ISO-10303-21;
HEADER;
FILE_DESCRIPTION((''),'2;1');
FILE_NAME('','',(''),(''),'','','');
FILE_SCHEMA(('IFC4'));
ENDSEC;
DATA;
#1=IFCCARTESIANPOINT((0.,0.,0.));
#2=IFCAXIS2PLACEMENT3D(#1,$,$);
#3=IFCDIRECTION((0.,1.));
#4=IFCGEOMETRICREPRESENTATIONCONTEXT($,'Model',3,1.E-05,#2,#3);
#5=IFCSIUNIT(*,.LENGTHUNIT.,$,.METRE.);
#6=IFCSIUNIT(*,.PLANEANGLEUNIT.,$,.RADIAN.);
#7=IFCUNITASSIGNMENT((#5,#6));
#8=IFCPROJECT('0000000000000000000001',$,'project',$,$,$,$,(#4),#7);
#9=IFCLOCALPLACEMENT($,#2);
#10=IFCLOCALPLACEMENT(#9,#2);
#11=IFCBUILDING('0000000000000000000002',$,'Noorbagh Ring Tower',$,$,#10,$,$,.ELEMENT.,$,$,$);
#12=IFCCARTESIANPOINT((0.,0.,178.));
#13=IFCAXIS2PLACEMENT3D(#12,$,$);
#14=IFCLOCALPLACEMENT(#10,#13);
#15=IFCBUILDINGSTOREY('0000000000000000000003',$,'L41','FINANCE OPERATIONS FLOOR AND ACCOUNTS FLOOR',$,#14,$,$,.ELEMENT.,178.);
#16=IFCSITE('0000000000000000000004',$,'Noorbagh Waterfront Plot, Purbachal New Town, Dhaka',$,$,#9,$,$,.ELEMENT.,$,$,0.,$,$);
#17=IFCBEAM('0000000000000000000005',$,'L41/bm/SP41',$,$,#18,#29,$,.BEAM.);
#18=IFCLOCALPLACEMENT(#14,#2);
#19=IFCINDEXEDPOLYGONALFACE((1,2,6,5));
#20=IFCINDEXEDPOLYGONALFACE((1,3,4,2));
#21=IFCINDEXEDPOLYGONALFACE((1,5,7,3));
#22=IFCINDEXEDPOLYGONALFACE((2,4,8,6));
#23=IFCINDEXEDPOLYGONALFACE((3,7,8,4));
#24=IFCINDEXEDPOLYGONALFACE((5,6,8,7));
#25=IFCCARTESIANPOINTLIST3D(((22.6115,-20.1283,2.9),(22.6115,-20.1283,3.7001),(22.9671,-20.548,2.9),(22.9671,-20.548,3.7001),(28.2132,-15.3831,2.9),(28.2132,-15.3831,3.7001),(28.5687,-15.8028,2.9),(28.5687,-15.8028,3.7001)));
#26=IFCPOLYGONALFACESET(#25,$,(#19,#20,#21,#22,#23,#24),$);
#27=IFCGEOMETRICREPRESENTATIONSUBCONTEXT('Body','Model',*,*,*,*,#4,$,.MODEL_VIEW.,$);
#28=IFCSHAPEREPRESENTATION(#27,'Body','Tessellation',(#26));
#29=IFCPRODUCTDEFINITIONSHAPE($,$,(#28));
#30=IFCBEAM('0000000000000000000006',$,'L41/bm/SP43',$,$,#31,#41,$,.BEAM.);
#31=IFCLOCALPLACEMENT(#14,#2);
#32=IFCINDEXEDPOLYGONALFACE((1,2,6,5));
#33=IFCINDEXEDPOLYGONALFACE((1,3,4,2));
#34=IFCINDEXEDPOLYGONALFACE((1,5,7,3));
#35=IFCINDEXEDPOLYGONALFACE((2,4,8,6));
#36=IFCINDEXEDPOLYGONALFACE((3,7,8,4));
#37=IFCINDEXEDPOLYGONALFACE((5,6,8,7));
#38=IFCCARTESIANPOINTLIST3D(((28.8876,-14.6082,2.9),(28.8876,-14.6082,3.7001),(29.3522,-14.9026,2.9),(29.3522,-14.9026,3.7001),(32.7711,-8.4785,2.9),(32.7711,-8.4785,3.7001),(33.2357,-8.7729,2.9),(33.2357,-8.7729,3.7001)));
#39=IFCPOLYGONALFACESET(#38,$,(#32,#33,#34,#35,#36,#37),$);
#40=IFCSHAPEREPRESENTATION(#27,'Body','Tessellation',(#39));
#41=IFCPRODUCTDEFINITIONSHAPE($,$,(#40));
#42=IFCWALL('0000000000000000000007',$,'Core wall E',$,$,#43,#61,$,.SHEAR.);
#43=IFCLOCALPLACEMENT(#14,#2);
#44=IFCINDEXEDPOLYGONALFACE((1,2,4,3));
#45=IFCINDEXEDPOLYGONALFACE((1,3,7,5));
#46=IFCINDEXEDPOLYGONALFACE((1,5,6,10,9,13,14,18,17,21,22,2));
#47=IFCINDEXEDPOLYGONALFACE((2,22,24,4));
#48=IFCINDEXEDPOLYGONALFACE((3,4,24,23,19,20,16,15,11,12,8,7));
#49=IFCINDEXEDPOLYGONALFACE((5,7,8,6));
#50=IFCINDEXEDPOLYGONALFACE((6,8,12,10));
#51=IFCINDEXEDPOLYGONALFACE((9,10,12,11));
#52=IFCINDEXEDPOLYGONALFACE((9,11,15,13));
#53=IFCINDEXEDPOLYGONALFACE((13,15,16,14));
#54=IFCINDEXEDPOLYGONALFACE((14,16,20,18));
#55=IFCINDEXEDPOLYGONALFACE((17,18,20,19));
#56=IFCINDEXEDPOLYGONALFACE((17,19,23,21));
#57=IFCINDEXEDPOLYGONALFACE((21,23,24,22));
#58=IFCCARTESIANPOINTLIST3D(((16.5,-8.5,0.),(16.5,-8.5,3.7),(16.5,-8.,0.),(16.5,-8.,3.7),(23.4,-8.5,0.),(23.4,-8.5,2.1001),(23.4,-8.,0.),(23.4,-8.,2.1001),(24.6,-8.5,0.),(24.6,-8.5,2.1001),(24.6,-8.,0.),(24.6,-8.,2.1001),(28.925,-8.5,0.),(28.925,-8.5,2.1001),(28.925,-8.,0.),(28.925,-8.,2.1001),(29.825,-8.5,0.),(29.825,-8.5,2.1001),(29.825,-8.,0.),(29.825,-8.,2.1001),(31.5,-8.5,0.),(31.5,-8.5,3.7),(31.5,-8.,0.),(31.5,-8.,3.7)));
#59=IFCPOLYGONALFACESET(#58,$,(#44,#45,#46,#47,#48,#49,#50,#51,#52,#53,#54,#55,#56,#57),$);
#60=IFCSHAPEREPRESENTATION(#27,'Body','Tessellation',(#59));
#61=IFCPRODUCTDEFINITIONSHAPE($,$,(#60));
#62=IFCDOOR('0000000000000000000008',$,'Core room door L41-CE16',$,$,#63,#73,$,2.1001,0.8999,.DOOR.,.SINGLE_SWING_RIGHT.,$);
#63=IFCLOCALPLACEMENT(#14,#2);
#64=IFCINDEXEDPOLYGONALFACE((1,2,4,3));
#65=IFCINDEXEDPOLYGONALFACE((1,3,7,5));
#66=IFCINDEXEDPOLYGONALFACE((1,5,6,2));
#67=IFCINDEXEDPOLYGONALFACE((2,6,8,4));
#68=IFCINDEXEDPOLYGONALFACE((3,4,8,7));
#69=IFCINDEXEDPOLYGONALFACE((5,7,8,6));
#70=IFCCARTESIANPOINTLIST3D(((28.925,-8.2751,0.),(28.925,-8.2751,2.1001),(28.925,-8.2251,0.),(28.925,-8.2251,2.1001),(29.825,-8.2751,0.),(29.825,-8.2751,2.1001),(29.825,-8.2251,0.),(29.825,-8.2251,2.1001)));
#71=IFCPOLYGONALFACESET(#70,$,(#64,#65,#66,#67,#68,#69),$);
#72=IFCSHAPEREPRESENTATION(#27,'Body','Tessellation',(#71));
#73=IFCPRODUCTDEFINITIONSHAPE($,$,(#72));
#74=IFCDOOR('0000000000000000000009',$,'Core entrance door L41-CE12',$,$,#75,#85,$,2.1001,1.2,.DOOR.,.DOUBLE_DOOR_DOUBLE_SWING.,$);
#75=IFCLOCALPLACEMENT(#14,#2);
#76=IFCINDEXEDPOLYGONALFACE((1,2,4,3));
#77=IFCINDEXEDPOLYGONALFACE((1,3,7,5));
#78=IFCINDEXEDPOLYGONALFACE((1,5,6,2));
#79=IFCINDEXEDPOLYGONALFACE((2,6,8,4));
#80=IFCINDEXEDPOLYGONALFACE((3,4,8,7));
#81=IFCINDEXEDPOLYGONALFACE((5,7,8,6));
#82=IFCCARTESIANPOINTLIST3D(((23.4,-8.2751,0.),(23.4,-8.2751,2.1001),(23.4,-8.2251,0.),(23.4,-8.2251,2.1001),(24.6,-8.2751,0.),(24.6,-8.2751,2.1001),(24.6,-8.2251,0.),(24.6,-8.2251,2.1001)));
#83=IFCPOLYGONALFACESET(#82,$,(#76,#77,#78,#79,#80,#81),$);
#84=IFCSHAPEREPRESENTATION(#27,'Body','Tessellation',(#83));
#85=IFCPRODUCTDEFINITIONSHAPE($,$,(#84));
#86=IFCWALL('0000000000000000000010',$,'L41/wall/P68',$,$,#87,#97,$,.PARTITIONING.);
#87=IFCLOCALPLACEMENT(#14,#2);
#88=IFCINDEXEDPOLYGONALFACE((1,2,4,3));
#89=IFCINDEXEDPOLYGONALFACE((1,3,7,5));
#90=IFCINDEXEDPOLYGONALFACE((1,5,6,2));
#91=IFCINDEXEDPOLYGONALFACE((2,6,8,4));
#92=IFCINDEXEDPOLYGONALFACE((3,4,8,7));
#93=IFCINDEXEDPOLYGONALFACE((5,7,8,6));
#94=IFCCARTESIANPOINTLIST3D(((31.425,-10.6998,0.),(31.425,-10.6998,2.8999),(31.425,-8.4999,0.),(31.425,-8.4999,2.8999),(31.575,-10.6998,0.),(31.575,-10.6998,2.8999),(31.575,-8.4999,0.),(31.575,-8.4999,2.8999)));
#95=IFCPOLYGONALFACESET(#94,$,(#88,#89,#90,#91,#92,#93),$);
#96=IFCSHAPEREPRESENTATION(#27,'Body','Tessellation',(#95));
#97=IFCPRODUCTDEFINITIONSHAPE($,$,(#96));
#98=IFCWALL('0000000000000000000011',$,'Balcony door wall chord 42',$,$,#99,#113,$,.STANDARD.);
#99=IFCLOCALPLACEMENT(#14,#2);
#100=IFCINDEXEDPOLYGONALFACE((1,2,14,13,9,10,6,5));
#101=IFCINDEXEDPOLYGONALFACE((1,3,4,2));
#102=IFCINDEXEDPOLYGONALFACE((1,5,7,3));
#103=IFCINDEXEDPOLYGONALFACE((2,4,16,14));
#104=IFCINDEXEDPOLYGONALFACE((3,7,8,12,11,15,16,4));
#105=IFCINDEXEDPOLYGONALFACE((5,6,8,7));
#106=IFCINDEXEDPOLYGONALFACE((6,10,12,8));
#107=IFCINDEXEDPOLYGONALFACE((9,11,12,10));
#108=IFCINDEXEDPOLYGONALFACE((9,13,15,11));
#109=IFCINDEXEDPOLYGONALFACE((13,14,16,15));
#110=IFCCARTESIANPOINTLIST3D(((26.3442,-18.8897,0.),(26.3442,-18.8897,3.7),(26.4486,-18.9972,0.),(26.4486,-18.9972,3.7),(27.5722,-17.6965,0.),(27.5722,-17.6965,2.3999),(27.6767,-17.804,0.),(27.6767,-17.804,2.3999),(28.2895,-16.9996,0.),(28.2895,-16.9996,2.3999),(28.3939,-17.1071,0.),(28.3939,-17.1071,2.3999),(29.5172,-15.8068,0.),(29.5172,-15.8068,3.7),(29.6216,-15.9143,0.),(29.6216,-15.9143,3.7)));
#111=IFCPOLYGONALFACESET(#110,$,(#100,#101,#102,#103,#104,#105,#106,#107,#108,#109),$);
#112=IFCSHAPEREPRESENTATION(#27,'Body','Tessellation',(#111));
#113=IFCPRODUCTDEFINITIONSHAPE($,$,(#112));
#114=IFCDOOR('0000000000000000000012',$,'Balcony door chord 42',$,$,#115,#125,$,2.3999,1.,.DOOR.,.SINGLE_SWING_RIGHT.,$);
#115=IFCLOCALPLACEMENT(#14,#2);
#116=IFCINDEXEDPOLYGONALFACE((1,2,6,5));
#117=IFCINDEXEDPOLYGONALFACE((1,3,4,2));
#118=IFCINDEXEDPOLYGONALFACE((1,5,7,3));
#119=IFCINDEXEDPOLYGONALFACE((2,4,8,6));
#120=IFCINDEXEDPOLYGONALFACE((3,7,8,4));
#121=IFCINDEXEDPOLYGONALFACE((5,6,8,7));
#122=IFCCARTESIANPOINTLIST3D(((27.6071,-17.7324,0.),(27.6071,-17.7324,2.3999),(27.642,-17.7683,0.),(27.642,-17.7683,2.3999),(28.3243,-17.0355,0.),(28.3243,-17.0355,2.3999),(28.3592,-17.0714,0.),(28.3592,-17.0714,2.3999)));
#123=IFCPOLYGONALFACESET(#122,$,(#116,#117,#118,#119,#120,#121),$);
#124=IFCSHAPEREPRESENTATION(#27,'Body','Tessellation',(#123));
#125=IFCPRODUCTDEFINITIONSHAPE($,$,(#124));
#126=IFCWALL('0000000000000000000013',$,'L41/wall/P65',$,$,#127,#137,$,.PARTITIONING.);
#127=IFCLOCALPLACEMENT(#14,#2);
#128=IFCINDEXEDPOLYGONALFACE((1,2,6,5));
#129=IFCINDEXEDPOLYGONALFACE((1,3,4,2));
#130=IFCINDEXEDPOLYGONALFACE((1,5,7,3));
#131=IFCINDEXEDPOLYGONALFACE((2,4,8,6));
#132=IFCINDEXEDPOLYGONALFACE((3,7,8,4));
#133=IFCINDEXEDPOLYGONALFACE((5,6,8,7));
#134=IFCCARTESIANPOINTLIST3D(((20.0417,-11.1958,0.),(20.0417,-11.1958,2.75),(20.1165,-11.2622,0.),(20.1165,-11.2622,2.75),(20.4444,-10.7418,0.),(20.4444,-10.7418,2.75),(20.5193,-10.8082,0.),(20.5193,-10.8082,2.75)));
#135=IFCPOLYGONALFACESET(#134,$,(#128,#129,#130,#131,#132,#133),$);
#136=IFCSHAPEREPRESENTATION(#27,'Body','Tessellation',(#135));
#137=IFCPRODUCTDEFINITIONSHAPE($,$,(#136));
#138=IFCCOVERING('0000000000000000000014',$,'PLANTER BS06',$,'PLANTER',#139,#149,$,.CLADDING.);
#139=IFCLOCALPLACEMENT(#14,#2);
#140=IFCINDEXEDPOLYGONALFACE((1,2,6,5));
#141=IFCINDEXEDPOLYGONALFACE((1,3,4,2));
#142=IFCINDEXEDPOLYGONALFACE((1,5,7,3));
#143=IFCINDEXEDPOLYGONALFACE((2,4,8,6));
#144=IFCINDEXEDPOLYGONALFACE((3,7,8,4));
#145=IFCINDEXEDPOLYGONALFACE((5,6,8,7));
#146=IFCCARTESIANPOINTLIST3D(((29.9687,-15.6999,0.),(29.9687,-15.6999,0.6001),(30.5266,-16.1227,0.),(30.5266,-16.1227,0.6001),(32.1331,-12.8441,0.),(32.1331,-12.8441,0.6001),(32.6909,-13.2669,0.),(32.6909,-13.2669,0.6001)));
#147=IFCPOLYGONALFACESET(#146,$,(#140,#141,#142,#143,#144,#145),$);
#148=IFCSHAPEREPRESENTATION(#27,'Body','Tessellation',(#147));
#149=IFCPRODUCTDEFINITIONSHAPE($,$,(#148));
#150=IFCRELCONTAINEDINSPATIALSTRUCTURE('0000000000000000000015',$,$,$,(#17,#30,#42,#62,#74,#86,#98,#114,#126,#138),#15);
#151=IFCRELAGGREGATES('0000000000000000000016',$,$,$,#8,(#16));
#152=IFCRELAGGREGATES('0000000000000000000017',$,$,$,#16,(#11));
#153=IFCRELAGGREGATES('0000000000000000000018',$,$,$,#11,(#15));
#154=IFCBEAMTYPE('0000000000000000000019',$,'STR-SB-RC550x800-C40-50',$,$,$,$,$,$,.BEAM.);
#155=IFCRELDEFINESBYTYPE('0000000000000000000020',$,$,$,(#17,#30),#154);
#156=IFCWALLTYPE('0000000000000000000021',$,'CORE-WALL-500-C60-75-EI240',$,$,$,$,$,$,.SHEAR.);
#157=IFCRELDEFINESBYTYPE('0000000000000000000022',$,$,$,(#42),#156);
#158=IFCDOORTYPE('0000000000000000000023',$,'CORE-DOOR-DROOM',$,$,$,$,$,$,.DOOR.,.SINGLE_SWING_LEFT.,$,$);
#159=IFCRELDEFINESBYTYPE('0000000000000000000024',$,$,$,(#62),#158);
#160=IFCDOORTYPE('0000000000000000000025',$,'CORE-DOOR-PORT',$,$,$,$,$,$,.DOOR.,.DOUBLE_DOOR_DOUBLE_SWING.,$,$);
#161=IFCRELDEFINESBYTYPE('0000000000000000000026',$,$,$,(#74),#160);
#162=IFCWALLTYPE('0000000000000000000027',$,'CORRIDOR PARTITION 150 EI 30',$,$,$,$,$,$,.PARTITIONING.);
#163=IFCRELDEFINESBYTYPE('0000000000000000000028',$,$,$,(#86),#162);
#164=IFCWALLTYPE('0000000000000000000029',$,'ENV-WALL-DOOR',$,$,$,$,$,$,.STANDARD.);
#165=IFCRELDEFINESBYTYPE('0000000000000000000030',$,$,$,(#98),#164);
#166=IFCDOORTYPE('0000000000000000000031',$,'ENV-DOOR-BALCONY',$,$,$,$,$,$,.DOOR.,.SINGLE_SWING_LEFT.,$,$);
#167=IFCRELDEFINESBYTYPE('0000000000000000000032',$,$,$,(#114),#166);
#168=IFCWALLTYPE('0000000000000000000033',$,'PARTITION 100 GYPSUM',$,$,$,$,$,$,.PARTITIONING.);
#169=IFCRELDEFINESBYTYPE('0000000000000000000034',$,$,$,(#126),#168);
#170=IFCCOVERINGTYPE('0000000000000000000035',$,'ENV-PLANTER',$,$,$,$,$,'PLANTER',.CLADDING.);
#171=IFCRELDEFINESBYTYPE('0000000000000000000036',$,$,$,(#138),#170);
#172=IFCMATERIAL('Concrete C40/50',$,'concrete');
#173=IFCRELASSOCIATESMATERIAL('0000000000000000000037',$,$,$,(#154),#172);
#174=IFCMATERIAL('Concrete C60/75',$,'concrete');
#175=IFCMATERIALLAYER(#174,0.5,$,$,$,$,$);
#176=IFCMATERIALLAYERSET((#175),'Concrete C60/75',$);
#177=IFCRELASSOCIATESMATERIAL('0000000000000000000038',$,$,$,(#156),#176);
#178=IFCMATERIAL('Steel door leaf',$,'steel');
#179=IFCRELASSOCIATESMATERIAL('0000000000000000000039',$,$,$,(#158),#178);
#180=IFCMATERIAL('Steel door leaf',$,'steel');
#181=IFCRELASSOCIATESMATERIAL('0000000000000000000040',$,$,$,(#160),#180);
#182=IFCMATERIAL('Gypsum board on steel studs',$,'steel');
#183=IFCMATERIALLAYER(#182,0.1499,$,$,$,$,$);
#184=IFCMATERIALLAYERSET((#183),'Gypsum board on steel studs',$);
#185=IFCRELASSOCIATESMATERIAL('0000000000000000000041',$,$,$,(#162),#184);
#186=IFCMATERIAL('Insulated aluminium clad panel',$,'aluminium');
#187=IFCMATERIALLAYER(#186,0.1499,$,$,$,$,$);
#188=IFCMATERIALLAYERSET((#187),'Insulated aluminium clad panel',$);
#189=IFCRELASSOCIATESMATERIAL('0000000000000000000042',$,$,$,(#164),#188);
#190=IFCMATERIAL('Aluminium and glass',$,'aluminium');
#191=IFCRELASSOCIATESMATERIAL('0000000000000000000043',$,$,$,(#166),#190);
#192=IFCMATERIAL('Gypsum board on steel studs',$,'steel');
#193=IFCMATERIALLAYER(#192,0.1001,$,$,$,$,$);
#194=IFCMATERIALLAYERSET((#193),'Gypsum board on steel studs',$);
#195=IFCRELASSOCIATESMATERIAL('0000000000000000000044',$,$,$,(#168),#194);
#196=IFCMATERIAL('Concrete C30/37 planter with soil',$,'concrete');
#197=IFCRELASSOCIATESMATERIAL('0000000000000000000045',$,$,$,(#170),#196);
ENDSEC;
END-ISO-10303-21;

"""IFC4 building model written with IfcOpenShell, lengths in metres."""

from ifc_helpers import new_model, si_unit, direction, frame, frame_2d, origin, origin_2d, place, context, subcontext, project, spatial, rectangle, extrude, material, layer, layer_set, material_profile, profile_set, type_object, element, fill, save


model = new_model("IFC4")

# Units and contexts
model_context = context("Model", 3, precision=1e-05, world=origin(), true_north=direction((0.0, 1.0)))
body_context = subcontext(model_context, "Body", "Model", "MODEL_VIEW")
ifc_project = project(units=[si_unit("LENGTHUNIT", "METRE"), si_unit("PLANEANGLEUNIT", "RADIAN")], contexts=[model_context])

# Site, building, storey
site_placement = place(None, origin())
site = spatial("IfcSite", under=ifc_project, at=site_placement, Name="Noorbagh Waterfront Plot, Purbachal New Town, Dhaka", CompositionType="ELEMENT", RefElevation=0.0)
building_placement = place(site_placement, origin())
building = spatial("IfcBuilding", under=site, at=building_placement, Name="Noorbagh Ring Tower", CompositionType="ELEMENT")
storey_placement = place(building_placement, frame((0.0, 0.0, 178.0)))
storey = spatial("IfcBuildingStorey", under=building, at=storey_placement, Name="L41", Description="FINANCE OPERATIONS FLOOR AND ACCOUNTS FLOOR", CompositionType="ELEMENT", Elevation=178.0)

# Beams
ifc_material_1 = material(Name="Concrete C40/50", Category="concrete")
ifc_material_profile_1 = material_profile(ifc_material_1, rectangle(XDim=0.55, YDim=0.8, at=origin_2d()), Name="RC550x800")
ifc_profile_set_1 = profile_set([ifc_material_profile_1], Name="Concrete C40/50")
beam_type_1 = type_object("IfcBeamType", Name="STR-SB-RC550x800-C40-50", PredefinedType="BEAM", material=ifc_profile_set_1)
beam_1_placement = place(storey_placement, frame((22.7893, -20.3381, 3.3), z_axis=(0.763028, 0.646366, 0.0), x_axis=(-0.646366, 0.763028, 0.0)))
element("IfcBeam", 1, at=beam_1_placement, inside=storey, type_object=beam_type_1, Name="L41/bm/SP41", PredefinedType="BEAM", context=body_context, shape_type="SweptSolid", body=[
    extrude(rectangle(XDim=0.55, YDim=0.8, at=origin_2d()), origin(), (0.0, 0.0, 1.0), 7.3413),
])
beam_2_placement = place(storey_placement, frame((29.1199, -14.7554, 3.3), z_axis=(0.535194, 0.844729, 0.0), x_axis=(-0.844729, 0.535194, 0.0)))
element("IfcBeam", 2, at=beam_2_placement, inside=storey, type_object=beam_type_1, Name="L41/bm/SP43", PredefinedType="BEAM", context=body_context, shape_type="SweptSolid", body=[
    extrude(rectangle(XDim=0.55, YDim=0.8, at=origin_2d()), origin(), (0.0, 0.0, 1.0), 7.2563),
])

# Wall, openings, doors
ifc_material_2 = material(Name="Concrete C60/75", Category="concrete")
ifc_layer_1 = layer(ifc_material_2, 0.5)
ifc_layer_set_1 = layer_set([ifc_layer_1], Name="Concrete C60/75")
wall_type_1 = type_object("IfcWallType", Name="CORE-WALL-500-C60-75-EI240", PredefinedType="SHEAR", material=ifc_layer_set_1)
wall_1_placement = place(storey_placement, frame((16.5, -8.25, 0.0), z_axis=(0.0, 0.0, 1.0), x_axis=(1.0, 0.0, 0.0)))
wall_1 = element("IfcWall", 3, at=wall_1_placement, inside=storey, type_object=wall_type_1, Name="Core wall E", PredefinedType="SHEAR", context=body_context, shape_type="SweptSolid", body=[
    extrude(rectangle(XDim=15.0, YDim=0.5, at=frame_2d((7.5, 0.0))), origin(), (0.0, 0.0, 1.0), 3.7),
])
opening_1_placement = place(wall_1_placement, frame((6.8999, 0.0, 0.0)))
opening_1 = element("IfcOpeningElement", 4, at=opening_1_placement, cuts=wall_1, PredefinedType="OPENING", context=body_context, shape_type="SweptSolid", body=[
    extrude(rectangle(XDim=1.2, YDim=2.1001, at=frame_2d((0.6001, 1.05))), frame((0.0, 0.26, 0.0), z_axis=(0.0, -1.0, 0.0), x_axis=(1.0, 0.0, 0.0)), (0.0, 0.0, 1.0), 0.52),
])
opening_2_placement = place(wall_1_placement, frame((12.425, 0.0, 0.0)))
opening_2 = element("IfcOpeningElement", 5, at=opening_2_placement, cuts=wall_1, PredefinedType="OPENING", context=body_context, shape_type="SweptSolid", body=[
    extrude(rectangle(XDim=0.8999, YDim=2.1001, at=frame_2d((0.45, 1.05))), frame((0.0, 0.26, 0.0), z_axis=(0.0, -1.0, 0.0), x_axis=(1.0, 0.0, 0.0)), (0.0, 0.0, 1.0), 0.52),
])
ifc_material_3 = material(Name="Steel door leaf", Category="steel")
door_type_1 = type_object("IfcDoorType", Name="CORE-DOOR-DROOM", OperationType="SINGLE_SWING_LEFT", PredefinedType="DOOR", material=ifc_material_3)
door_1_placement = place(opening_2_placement, origin())
door_1 = element("IfcDoor", 6, at=door_1_placement, inside=storey, type_object=door_type_1, Name="Core room door L41-CE16", OperationType="SINGLE_SWING_RIGHT", OverallHeight=2.1001, OverallWidth=0.8999, PredefinedType="DOOR", context=body_context, shape_type="SweptSolid", body=[
    extrude(rectangle(XDim=0.8999, YDim=2.1001, at=frame_2d((0.45, 1.05))), frame((0.0, 0.0249, 0.0), z_axis=(0.0, -1.0, 0.0), x_axis=(1.0, 0.0, 0.0)), (0.0, 0.0, 1.0), 0.05),
])
fill(opening_2, door_1)
ifc_material_4 = material(Name="Steel door leaf", Category="steel")
door_type_2 = type_object("IfcDoorType", Name="CORE-DOOR-PORT", OperationType="DOUBLE_DOOR_DOUBLE_SWING", PredefinedType="DOOR", material=ifc_material_4)
door_2_placement = place(opening_1_placement, origin())
door_2 = element("IfcDoor", 7, at=door_2_placement, inside=storey, type_object=door_type_2, Name="Core entrance door L41-CE12", OperationType="DOUBLE_DOOR_DOUBLE_SWING", OverallHeight=2.1001, OverallWidth=1.2, PredefinedType="DOOR", context=body_context, shape_type="SweptSolid", body=[
    extrude(rectangle(XDim=1.2, YDim=2.1001, at=frame_2d((0.6001, 1.05))), frame((0.0, 0.0249, 0.0), z_axis=(0.0, -1.0, 0.0), x_axis=(1.0, 0.0, 0.0)), (0.0, 0.0, 1.0), 0.05),
])
fill(opening_1, door_2)

# Wall
ifc_material_5 = material(Name="Gypsum board on steel studs", Category="steel")
ifc_layer_2 = layer(ifc_material_5, 0.1499)
ifc_layer_set_2 = layer_set([ifc_layer_2], Name="Gypsum board on steel studs")
wall_type_2 = type_object("IfcWallType", Name="CORRIDOR PARTITION 150 EI 30", PredefinedType="PARTITIONING", material=ifc_layer_set_2)
wall_2_placement = place(storey_placement, frame((31.5, -10.7, 0.0), z_axis=(0.0, 0.0, 1.0), x_axis=(0.0, 1.0, 0.0)))
element("IfcWall", 8, at=wall_2_placement, inside=storey, type_object=wall_type_2, Name="L41/wall/P68", PredefinedType="PARTITIONING", context=body_context, shape_type="SweptSolid", body=[
    extrude(rectangle(XDim=2.2, YDim=0.1499, at=frame_2d((1.1001, 0.0))), origin(), (0.0, 0.0, 1.0), 2.8999),
])

# Wall, opening, door
ifc_material_6 = material(Name="Insulated aluminium clad panel", Category="aluminium")
ifc_layer_3 = layer(ifc_material_6, 0.1499)
ifc_layer_set_3 = layer_set([ifc_layer_3], Name="Insulated aluminium clad panel")
wall_type_3 = type_object("IfcWallType", Name="ENV-WALL-DOOR", PredefinedType="STANDARD", material=ifc_layer_set_3)
wall_3_placement = place(storey_placement, frame((26.3965, -18.9434, 0.0), z_axis=(0.0, 0.0, 1.0), x_axis=(0.717215, 0.696852, 0.0)))
wall_3 = element("IfcWall", 9, at=wall_3_placement, inside=storey, type_object=wall_type_3, Name="Balcony door wall chord 42", PredefinedType="STANDARD", context=body_context, shape_type="SweptSolid", body=[
    extrude(rectangle(XDim=4.4241, YDim=0.1499, at=frame_2d((2.2119, 0.0))), origin(), (0.0, 0.0, 1.0), 3.7),
])
opening_3_placement = place(wall_3_placement, frame((1.7122, 0.0, 0.0)))
opening_3 = element("IfcOpeningElement", 10, at=opening_3_placement, cuts=wall_3, PredefinedType="OPENING", context=body_context, shape_type="SweptSolid", body=[
    extrude(rectangle(XDim=1.0, YDim=2.3999, at=frame_2d((0.5, 1.2))), frame((0.0, 0.085, 0.0), z_axis=(0.0, -1.0, 0.0), x_axis=(1.0, 0.0, 0.0)), (0.0, 0.0, 1.0), 0.1699),
])
ifc_material_7 = material(Name="Aluminium and glass", Category="aluminium")
door_type_3 = type_object("IfcDoorType", Name="ENV-DOOR-BALCONY", OperationType="SINGLE_SWING_LEFT", PredefinedType="DOOR", material=ifc_material_7)
door_3_placement = place(opening_3_placement, origin())
door_3 = element("IfcDoor", 11, at=door_3_placement, inside=storey, type_object=door_type_3, Name="Balcony door chord 42", OperationType="SINGLE_SWING_RIGHT", OverallHeight=2.3999, OverallWidth=1.0, PredefinedType="DOOR", context=body_context, shape_type="SweptSolid", body=[
    extrude(rectangle(XDim=1.0, YDim=2.3999, at=frame_2d((0.5, 1.2))), frame((0.0, 0.0249, 0.0), z_axis=(0.0, -1.0, 0.0), x_axis=(1.0, 0.0, 0.0)), (0.0, 0.0, 1.0), 0.05),
])
fill(opening_3, door_3)

# Wall
ifc_material_8 = material(Name="Gypsum board on steel studs", Category="steel")
ifc_layer_4 = layer(ifc_material_8, 0.1001)
ifc_layer_set_4 = layer_set([ifc_layer_4], Name="Gypsum board on steel studs")
wall_type_4 = type_object("IfcWallType", Name="PARTITION 100 GYPSUM", PredefinedType="PARTITIONING", material=ifc_layer_set_4)
wall_4_placement = place(storey_placement, frame((20.0791, -11.229, 0.0), z_axis=(0.0, 0.0, 1.0), x_axis=(0.663615, 0.748075, 0.0)))
element("IfcWall", 12, at=wall_4_placement, inside=storey, type_object=wall_type_4, Name="L41/wall/P65", PredefinedType="PARTITIONING", context=body_context, shape_type="SweptSolid", body=[
    extrude(rectangle(XDim=0.6069, YDim=0.1001, at=frame_2d((0.3035, 0.0))), origin(), (0.0, 0.0, 1.0), 2.75),
])

# Covering
ifc_material_9 = material(Name="Concrete C30/37 planter with soil", Category="concrete")
covering_type = type_object("IfcCoveringType", Name="ENV-PLANTER", ElementType="PLANTER", PredefinedType="CLADDING", material=ifc_material_9)
covering_placement = place(storey_placement, frame((31.3298, -14.4834, 0.0), z_axis=(0.0, 0.0, 1.0), x_axis=(0.60402, 0.796969, 0.0)))
element("IfcCovering", 13, at=covering_placement, inside=storey, type_object=covering_type, Name="PLANTER BS06", ObjectType="PLANTER", PredefinedType="CLADDING", context=body_context, shape_type="SweptSolid", body=[
    extrude(rectangle(XDim=3.5833, YDim=0.7, at=origin_2d()), origin(), (0.0, 0.0, 1.0), 0.6001),
])

save(model, "model.ifc")
